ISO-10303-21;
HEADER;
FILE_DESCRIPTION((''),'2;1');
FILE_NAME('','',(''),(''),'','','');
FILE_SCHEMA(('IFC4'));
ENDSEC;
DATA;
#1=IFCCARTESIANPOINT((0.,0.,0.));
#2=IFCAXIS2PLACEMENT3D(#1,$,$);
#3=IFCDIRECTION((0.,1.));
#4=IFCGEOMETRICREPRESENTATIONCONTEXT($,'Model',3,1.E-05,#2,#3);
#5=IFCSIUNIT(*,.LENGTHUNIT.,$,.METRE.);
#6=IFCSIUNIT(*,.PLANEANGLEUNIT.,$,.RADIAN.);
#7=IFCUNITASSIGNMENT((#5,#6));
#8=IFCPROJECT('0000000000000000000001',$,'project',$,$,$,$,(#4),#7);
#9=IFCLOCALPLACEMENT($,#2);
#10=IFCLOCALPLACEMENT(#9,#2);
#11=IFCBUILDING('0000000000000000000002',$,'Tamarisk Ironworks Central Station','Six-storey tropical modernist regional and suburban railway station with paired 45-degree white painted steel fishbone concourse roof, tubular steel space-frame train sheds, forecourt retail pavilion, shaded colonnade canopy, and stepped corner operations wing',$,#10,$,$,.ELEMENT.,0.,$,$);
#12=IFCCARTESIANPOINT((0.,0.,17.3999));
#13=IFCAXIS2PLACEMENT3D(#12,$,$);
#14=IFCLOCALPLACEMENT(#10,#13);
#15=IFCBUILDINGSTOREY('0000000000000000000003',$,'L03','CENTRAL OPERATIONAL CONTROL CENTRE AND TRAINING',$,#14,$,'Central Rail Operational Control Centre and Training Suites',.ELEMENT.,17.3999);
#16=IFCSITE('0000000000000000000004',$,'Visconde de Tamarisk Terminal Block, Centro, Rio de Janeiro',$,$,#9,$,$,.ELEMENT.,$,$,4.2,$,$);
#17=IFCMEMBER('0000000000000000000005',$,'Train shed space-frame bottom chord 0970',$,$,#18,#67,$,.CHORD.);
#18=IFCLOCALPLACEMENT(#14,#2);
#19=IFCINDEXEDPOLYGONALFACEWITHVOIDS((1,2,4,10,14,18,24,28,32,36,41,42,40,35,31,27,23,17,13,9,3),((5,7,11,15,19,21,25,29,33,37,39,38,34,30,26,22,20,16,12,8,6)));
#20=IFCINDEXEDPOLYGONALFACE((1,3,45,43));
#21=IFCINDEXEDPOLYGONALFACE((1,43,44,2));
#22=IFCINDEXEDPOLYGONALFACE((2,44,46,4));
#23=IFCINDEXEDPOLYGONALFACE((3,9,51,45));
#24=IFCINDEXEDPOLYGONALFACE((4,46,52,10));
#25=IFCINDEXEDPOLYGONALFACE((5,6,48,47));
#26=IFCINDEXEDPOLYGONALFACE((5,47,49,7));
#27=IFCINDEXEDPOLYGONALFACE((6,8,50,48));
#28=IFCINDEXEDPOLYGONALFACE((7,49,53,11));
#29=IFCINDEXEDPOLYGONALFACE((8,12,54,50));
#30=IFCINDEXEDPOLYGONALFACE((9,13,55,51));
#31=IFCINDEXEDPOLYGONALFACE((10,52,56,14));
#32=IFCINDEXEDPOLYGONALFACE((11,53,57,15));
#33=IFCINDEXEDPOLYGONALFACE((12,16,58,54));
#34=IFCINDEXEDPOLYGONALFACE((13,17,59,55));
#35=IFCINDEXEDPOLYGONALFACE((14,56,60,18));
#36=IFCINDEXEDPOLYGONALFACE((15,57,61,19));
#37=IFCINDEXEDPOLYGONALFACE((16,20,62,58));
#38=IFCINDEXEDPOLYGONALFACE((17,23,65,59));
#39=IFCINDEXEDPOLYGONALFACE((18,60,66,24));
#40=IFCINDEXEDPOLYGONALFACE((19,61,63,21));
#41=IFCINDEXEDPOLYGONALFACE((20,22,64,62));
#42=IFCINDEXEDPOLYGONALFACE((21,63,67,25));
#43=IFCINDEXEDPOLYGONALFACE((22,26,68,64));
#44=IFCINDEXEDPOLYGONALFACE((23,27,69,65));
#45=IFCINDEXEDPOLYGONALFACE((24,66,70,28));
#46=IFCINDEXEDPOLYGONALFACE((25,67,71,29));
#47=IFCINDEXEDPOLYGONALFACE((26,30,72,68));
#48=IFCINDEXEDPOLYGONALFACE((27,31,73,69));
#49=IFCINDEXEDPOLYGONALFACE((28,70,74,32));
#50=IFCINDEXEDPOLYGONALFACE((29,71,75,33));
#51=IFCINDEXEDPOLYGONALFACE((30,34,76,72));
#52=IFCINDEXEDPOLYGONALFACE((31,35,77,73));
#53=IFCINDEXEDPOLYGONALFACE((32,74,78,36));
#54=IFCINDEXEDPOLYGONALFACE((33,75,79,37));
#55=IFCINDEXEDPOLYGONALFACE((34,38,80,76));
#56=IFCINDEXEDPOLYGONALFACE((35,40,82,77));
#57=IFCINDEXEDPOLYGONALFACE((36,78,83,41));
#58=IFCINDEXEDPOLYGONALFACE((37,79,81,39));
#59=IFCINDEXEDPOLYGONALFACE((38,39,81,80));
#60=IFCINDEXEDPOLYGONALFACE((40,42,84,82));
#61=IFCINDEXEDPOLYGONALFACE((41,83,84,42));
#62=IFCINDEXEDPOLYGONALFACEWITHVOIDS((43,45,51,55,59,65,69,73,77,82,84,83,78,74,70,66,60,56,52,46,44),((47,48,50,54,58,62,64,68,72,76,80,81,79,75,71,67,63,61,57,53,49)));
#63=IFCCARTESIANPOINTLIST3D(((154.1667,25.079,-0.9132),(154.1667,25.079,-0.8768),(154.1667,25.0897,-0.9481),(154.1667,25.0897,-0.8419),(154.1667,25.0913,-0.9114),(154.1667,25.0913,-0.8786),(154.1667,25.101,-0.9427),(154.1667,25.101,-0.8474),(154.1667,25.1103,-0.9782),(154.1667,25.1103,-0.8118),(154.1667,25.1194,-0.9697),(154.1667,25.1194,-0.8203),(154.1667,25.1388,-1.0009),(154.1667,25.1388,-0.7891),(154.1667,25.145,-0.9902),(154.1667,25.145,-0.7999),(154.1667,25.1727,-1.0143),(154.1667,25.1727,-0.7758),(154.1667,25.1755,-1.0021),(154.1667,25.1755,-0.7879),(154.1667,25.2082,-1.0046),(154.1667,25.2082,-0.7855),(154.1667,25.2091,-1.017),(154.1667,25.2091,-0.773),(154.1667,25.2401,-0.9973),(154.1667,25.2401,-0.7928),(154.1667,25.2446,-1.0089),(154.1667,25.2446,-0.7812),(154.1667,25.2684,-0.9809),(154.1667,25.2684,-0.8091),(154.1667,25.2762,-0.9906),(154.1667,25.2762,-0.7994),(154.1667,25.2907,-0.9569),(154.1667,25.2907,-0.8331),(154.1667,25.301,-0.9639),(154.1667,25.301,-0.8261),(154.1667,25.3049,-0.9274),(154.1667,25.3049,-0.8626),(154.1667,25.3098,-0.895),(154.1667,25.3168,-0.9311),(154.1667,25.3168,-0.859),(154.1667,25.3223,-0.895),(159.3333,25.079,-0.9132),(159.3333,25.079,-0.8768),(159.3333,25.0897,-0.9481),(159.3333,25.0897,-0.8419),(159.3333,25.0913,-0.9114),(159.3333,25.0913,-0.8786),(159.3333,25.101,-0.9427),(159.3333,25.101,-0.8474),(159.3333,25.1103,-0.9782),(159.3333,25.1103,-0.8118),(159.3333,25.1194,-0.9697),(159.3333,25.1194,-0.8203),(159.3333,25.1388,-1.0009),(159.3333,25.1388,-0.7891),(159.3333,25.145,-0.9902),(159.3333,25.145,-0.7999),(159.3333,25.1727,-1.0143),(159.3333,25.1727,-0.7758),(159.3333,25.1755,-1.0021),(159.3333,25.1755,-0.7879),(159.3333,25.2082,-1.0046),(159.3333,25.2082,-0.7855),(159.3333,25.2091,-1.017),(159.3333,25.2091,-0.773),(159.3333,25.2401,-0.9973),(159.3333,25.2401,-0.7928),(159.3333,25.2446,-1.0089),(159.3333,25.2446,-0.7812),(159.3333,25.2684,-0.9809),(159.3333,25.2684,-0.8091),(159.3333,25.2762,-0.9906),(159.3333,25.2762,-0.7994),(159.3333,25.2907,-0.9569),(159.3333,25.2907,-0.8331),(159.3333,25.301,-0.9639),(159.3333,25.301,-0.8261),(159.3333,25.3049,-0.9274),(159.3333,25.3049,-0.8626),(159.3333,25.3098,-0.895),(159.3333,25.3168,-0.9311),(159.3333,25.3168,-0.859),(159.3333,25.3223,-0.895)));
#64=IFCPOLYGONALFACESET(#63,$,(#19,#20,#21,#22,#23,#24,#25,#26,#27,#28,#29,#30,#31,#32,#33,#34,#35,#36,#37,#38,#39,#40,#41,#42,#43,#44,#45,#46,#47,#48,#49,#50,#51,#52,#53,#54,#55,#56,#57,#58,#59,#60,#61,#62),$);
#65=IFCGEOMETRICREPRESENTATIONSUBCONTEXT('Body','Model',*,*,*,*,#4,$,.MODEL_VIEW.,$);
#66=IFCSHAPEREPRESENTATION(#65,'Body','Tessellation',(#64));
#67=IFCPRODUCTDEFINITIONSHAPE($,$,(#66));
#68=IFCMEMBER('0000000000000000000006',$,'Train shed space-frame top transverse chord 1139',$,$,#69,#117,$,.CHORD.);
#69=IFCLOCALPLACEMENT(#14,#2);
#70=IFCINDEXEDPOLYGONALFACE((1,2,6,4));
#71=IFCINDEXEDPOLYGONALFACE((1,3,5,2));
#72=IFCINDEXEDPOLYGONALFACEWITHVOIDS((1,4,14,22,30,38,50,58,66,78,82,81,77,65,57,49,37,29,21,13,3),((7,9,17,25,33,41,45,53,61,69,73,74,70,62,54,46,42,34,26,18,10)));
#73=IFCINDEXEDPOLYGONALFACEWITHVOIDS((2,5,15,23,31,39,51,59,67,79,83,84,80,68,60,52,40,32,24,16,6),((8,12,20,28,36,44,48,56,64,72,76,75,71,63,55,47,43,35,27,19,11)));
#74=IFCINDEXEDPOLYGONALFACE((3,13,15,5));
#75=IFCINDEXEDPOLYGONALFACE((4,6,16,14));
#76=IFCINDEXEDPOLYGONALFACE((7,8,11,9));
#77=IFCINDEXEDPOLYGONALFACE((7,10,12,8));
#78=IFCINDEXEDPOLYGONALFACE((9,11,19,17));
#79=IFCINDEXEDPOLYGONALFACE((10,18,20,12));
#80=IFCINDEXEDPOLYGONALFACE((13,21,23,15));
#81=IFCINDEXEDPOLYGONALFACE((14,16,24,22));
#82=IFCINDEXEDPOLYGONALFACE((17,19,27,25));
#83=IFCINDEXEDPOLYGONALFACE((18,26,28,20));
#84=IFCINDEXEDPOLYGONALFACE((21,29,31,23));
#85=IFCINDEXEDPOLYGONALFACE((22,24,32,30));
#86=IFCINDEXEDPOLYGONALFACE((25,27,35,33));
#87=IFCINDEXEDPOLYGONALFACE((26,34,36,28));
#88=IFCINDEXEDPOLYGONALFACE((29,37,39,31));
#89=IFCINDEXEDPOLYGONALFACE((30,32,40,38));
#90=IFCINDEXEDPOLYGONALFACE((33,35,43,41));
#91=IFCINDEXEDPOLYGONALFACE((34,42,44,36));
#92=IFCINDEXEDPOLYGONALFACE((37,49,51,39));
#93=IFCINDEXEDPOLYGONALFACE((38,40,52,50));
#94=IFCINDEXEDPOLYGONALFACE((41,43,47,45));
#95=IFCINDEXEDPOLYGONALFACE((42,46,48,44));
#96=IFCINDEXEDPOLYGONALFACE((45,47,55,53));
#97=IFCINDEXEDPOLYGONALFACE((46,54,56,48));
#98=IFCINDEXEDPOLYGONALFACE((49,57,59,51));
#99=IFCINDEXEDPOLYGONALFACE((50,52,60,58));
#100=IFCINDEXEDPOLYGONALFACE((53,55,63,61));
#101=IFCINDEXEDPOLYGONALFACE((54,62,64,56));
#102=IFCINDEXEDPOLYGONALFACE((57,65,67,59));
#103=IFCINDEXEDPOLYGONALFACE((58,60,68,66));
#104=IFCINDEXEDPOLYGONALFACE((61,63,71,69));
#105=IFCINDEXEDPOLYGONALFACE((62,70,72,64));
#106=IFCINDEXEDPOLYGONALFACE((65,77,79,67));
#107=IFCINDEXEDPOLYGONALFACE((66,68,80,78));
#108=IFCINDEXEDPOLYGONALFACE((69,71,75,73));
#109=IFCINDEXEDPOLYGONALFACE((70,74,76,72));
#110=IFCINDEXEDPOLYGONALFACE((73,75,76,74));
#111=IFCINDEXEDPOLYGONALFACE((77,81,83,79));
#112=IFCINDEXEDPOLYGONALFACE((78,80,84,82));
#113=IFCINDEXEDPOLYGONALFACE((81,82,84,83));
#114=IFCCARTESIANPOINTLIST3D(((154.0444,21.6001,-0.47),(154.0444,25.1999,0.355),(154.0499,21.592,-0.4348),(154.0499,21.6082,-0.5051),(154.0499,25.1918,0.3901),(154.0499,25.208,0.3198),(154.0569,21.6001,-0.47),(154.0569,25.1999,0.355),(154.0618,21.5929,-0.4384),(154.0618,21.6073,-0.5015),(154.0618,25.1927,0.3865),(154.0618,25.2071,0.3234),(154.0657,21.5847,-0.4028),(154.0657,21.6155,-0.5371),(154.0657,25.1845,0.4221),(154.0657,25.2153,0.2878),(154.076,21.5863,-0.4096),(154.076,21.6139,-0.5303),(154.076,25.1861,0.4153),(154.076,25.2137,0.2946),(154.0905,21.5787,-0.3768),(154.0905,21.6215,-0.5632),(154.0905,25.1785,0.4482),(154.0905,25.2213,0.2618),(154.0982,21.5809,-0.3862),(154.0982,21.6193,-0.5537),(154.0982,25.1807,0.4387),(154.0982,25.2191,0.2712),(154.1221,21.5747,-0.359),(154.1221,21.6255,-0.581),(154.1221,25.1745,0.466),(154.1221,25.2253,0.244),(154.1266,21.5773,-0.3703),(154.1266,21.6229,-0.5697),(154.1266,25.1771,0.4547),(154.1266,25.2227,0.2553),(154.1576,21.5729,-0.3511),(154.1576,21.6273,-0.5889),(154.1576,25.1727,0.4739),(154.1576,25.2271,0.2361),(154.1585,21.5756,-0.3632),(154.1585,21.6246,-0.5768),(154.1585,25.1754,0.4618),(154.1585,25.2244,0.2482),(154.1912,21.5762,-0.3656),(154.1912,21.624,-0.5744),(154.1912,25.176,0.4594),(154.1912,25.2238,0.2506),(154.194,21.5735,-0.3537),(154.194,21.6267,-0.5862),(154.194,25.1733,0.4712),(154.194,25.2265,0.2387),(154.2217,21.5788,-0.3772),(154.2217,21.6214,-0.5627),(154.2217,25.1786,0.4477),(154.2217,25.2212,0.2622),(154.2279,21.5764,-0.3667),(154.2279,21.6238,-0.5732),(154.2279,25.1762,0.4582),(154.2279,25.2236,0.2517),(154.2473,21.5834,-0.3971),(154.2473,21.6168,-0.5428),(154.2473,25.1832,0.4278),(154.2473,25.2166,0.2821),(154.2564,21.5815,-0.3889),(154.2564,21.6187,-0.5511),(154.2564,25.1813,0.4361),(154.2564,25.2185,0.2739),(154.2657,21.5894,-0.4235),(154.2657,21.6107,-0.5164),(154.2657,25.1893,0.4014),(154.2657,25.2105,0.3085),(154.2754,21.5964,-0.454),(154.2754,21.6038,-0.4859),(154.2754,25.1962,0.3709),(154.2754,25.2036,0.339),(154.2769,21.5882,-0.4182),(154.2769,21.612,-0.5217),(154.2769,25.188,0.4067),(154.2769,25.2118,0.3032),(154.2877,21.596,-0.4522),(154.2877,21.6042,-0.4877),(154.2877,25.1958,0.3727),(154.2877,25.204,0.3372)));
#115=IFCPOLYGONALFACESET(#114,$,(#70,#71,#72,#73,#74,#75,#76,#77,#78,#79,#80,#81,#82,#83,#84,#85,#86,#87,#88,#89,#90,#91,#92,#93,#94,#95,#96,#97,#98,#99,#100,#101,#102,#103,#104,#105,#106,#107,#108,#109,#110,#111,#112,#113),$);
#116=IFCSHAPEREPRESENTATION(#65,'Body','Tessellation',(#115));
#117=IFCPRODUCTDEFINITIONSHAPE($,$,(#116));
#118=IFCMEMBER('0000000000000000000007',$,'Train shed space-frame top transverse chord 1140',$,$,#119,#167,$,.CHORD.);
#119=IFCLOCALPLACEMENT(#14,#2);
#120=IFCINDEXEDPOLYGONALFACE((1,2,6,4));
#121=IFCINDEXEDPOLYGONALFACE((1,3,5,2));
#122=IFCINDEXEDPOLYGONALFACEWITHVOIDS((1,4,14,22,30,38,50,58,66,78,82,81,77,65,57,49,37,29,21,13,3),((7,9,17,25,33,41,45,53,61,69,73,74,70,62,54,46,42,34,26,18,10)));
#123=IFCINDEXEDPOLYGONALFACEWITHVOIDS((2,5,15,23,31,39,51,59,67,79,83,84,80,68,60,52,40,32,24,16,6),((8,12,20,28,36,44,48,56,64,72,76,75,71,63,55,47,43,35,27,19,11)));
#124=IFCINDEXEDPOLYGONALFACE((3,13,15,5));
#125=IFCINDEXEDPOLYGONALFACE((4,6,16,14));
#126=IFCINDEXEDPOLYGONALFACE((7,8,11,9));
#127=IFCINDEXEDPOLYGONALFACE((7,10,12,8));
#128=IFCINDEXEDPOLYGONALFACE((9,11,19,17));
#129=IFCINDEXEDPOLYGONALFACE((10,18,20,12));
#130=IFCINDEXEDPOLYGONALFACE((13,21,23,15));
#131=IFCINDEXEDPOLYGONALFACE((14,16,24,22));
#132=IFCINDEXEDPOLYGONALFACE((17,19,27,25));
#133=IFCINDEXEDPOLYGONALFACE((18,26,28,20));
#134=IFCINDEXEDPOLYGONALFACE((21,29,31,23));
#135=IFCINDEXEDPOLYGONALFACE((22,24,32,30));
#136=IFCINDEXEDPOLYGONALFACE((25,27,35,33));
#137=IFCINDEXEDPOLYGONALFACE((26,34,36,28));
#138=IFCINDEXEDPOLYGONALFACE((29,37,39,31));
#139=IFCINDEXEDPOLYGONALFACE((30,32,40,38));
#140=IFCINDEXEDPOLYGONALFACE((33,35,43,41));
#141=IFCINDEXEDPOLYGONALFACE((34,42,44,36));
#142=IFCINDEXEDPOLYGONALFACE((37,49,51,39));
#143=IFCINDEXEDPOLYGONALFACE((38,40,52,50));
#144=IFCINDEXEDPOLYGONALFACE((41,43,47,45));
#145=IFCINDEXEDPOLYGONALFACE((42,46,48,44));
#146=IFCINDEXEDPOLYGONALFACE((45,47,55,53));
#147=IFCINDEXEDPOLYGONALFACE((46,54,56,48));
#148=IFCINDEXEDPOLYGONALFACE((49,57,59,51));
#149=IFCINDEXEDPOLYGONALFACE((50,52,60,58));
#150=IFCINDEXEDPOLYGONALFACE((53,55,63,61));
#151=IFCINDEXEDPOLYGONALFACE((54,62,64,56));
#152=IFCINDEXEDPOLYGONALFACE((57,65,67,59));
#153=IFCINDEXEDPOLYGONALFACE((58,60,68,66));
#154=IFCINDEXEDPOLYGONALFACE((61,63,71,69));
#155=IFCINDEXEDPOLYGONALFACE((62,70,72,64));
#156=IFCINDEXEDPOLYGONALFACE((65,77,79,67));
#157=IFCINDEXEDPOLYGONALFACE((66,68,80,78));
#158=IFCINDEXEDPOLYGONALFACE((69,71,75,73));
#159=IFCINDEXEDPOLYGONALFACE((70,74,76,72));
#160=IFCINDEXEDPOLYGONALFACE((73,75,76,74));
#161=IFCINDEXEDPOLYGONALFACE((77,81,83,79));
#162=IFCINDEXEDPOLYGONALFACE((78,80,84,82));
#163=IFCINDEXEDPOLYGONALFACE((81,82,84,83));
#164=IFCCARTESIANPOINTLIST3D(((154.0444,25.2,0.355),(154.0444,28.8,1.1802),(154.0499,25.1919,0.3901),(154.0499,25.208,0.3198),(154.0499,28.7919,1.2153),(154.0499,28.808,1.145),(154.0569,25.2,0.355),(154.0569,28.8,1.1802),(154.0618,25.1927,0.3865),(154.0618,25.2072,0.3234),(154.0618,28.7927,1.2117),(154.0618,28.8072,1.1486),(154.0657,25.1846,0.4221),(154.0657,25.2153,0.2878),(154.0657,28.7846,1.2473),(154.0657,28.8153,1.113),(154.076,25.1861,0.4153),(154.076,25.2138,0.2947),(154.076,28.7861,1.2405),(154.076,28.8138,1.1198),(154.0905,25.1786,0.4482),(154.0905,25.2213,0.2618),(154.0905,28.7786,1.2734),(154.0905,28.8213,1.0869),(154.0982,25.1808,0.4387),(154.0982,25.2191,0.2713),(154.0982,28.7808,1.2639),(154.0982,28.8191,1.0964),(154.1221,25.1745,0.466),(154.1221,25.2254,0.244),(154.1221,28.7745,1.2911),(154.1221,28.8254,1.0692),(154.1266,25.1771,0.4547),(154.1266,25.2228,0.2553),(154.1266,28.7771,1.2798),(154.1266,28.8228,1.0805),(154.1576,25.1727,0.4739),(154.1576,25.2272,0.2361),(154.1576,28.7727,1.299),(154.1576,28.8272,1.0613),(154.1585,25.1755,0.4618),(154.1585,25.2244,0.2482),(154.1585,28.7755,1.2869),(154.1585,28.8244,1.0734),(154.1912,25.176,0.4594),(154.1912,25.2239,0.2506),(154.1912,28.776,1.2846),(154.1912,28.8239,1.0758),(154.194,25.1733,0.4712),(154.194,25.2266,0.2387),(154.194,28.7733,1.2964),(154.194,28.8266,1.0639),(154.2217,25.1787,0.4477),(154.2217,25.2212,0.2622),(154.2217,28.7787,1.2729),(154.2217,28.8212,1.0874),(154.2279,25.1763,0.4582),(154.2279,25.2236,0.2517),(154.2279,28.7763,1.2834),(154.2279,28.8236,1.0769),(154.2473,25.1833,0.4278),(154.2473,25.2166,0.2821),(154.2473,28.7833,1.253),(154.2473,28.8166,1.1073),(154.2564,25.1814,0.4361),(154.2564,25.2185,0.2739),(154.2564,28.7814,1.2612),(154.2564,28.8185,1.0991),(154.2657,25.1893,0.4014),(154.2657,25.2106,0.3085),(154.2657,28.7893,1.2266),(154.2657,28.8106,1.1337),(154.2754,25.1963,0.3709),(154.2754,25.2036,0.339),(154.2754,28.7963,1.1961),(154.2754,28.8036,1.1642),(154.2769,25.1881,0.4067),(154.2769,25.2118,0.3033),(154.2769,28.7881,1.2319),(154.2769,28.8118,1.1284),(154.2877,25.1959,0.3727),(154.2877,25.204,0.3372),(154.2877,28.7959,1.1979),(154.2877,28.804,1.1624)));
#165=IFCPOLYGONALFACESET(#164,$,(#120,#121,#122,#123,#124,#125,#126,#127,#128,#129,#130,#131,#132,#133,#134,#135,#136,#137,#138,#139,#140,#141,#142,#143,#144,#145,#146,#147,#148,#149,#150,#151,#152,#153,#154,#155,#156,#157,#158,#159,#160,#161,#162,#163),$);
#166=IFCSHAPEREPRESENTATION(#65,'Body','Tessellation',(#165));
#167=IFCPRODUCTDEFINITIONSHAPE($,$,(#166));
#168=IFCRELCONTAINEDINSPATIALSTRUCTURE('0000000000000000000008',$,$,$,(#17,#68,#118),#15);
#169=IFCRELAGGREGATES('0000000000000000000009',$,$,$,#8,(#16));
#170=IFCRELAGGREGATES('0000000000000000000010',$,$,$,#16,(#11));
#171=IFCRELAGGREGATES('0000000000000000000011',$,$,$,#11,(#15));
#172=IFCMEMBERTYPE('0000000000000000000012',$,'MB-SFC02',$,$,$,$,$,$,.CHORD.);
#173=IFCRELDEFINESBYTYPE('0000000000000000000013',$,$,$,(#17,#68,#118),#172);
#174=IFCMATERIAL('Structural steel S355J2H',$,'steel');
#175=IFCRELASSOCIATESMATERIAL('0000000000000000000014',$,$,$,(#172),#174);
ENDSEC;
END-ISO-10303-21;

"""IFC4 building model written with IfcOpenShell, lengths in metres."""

from ifc_helpers import new_model, si_unit, direction, frame, origin, origin_2d, place, context, subcontext, project, spatial, hollow_circle, extrude, material, material_profile, profile_set, type_object, element, save


model = new_model("IFC4")

# Units and contexts
model_context = context("Model", 3, precision=1e-05, world=origin(), true_north=direction((0.0, 1.0)))
body_context = subcontext(model_context, "Body", "Model", "MODEL_VIEW")
ifc_project = project(units=[si_unit("LENGTHUNIT", "METRE"), si_unit("PLANEANGLEUNIT", "RADIAN")], contexts=[model_context])

# Site, building, storey
site_placement = place(None, origin())
site = spatial("IfcSite", under=ifc_project, at=site_placement, Name="Visconde de Tamarisk Terminal Block, Centro, Rio de Janeiro", CompositionType="ELEMENT", RefElevation=4.2)
building_placement = place(site_placement, origin())
building = spatial("IfcBuilding", under=site, at=building_placement, Name="Tamarisk Ironworks Central Station", Description="Six-storey tropical modernist regional and suburban railway station with paired 45-degree white painted steel fishbone concourse roof, tubular steel space-frame train sheds, forecourt retail pavilion, shaded colonnade canopy, and stepped corner operations wing", CompositionType="ELEMENT", ElevationOfRefHeight=0.0)
storey_placement = place(building_placement, frame((0.0, 0.0, 17.3999)))
storey = spatial("IfcBuildingStorey", under=building, at=storey_placement, Name="L03", Description="CENTRAL OPERATIONAL CONTROL CENTRE AND TRAINING", LongName="Central Rail Operational Control Centre and Training Suites", CompositionType="ELEMENT", Elevation=17.3999)

# Members
ifc_material_1 = material(Name="Structural steel S355J2H", Category="steel")
ifc_material_profile_1 = material_profile(ifc_material_1, hollow_circle(Radius=0.1223, WallThickness=0.0125, at=origin_2d()), Name="CHS 244.5x12.5")
ifc_profile_set_1 = profile_set([ifc_material_profile_1], Name="Structural steel S355J2H")
member_type_1 = type_object("IfcMemberType", Name="MB-SFC02", PredefinedType="CHORD", material=ifc_profile_set_1)
member_1_placement = place(storey_placement, frame((154.1667, 25.2, -0.895), z_axis=(1.0, 0.0, 0.0), x_axis=(0.0, 1.0, 0.0)))
element("IfcMember", 1, at=member_1_placement, inside=storey, type_object=member_type_1, Name="Train shed space-frame bottom chord 0970", PredefinedType="CHORD", context=body_context, shape_type="SweptSolid", body=[
    extrude(hollow_circle(Radius=0.1223, WallThickness=0.0125, at=origin_2d()), origin(), (0.0, 0.0, 1.0), 5.1665),
])
member_2_placement = place(storey_placement, frame((154.1667, 21.6001, -0.47), z_axis=(0.0, 0.974733, 0.223372), x_axis=(-1.0, 0.0, 0.0)))
element("IfcMember", 2, at=member_2_placement, inside=storey, type_object=member_type_1, Name="Train shed space-frame top transverse chord 1139", PredefinedType="CHORD", context=body_context, shape_type="SweptSolid", body=[
    extrude(hollow_circle(Radius=0.1223, WallThickness=0.0125, at=origin_2d()), origin(), (0.0, 0.0, 1.0), 3.6931),
])
member_3_placement = place(storey_placement, frame((154.1667, 25.2, 0.355), z_axis=(0.0, 0.974722, 0.223421), x_axis=(-1.0, 0.0, 0.0)))
element("IfcMember", 3, at=member_3_placement, inside=storey, type_object=member_type_1, Name="Train shed space-frame top transverse chord 1140", PredefinedType="CHORD", context=body_context, shape_type="SweptSolid", body=[
    extrude(hollow_circle(Radius=0.1223, WallThickness=0.0125, at=origin_2d()), origin(), (0.0, 0.0, 1.0), 3.6934),
])

save(model, "model.ifc")
